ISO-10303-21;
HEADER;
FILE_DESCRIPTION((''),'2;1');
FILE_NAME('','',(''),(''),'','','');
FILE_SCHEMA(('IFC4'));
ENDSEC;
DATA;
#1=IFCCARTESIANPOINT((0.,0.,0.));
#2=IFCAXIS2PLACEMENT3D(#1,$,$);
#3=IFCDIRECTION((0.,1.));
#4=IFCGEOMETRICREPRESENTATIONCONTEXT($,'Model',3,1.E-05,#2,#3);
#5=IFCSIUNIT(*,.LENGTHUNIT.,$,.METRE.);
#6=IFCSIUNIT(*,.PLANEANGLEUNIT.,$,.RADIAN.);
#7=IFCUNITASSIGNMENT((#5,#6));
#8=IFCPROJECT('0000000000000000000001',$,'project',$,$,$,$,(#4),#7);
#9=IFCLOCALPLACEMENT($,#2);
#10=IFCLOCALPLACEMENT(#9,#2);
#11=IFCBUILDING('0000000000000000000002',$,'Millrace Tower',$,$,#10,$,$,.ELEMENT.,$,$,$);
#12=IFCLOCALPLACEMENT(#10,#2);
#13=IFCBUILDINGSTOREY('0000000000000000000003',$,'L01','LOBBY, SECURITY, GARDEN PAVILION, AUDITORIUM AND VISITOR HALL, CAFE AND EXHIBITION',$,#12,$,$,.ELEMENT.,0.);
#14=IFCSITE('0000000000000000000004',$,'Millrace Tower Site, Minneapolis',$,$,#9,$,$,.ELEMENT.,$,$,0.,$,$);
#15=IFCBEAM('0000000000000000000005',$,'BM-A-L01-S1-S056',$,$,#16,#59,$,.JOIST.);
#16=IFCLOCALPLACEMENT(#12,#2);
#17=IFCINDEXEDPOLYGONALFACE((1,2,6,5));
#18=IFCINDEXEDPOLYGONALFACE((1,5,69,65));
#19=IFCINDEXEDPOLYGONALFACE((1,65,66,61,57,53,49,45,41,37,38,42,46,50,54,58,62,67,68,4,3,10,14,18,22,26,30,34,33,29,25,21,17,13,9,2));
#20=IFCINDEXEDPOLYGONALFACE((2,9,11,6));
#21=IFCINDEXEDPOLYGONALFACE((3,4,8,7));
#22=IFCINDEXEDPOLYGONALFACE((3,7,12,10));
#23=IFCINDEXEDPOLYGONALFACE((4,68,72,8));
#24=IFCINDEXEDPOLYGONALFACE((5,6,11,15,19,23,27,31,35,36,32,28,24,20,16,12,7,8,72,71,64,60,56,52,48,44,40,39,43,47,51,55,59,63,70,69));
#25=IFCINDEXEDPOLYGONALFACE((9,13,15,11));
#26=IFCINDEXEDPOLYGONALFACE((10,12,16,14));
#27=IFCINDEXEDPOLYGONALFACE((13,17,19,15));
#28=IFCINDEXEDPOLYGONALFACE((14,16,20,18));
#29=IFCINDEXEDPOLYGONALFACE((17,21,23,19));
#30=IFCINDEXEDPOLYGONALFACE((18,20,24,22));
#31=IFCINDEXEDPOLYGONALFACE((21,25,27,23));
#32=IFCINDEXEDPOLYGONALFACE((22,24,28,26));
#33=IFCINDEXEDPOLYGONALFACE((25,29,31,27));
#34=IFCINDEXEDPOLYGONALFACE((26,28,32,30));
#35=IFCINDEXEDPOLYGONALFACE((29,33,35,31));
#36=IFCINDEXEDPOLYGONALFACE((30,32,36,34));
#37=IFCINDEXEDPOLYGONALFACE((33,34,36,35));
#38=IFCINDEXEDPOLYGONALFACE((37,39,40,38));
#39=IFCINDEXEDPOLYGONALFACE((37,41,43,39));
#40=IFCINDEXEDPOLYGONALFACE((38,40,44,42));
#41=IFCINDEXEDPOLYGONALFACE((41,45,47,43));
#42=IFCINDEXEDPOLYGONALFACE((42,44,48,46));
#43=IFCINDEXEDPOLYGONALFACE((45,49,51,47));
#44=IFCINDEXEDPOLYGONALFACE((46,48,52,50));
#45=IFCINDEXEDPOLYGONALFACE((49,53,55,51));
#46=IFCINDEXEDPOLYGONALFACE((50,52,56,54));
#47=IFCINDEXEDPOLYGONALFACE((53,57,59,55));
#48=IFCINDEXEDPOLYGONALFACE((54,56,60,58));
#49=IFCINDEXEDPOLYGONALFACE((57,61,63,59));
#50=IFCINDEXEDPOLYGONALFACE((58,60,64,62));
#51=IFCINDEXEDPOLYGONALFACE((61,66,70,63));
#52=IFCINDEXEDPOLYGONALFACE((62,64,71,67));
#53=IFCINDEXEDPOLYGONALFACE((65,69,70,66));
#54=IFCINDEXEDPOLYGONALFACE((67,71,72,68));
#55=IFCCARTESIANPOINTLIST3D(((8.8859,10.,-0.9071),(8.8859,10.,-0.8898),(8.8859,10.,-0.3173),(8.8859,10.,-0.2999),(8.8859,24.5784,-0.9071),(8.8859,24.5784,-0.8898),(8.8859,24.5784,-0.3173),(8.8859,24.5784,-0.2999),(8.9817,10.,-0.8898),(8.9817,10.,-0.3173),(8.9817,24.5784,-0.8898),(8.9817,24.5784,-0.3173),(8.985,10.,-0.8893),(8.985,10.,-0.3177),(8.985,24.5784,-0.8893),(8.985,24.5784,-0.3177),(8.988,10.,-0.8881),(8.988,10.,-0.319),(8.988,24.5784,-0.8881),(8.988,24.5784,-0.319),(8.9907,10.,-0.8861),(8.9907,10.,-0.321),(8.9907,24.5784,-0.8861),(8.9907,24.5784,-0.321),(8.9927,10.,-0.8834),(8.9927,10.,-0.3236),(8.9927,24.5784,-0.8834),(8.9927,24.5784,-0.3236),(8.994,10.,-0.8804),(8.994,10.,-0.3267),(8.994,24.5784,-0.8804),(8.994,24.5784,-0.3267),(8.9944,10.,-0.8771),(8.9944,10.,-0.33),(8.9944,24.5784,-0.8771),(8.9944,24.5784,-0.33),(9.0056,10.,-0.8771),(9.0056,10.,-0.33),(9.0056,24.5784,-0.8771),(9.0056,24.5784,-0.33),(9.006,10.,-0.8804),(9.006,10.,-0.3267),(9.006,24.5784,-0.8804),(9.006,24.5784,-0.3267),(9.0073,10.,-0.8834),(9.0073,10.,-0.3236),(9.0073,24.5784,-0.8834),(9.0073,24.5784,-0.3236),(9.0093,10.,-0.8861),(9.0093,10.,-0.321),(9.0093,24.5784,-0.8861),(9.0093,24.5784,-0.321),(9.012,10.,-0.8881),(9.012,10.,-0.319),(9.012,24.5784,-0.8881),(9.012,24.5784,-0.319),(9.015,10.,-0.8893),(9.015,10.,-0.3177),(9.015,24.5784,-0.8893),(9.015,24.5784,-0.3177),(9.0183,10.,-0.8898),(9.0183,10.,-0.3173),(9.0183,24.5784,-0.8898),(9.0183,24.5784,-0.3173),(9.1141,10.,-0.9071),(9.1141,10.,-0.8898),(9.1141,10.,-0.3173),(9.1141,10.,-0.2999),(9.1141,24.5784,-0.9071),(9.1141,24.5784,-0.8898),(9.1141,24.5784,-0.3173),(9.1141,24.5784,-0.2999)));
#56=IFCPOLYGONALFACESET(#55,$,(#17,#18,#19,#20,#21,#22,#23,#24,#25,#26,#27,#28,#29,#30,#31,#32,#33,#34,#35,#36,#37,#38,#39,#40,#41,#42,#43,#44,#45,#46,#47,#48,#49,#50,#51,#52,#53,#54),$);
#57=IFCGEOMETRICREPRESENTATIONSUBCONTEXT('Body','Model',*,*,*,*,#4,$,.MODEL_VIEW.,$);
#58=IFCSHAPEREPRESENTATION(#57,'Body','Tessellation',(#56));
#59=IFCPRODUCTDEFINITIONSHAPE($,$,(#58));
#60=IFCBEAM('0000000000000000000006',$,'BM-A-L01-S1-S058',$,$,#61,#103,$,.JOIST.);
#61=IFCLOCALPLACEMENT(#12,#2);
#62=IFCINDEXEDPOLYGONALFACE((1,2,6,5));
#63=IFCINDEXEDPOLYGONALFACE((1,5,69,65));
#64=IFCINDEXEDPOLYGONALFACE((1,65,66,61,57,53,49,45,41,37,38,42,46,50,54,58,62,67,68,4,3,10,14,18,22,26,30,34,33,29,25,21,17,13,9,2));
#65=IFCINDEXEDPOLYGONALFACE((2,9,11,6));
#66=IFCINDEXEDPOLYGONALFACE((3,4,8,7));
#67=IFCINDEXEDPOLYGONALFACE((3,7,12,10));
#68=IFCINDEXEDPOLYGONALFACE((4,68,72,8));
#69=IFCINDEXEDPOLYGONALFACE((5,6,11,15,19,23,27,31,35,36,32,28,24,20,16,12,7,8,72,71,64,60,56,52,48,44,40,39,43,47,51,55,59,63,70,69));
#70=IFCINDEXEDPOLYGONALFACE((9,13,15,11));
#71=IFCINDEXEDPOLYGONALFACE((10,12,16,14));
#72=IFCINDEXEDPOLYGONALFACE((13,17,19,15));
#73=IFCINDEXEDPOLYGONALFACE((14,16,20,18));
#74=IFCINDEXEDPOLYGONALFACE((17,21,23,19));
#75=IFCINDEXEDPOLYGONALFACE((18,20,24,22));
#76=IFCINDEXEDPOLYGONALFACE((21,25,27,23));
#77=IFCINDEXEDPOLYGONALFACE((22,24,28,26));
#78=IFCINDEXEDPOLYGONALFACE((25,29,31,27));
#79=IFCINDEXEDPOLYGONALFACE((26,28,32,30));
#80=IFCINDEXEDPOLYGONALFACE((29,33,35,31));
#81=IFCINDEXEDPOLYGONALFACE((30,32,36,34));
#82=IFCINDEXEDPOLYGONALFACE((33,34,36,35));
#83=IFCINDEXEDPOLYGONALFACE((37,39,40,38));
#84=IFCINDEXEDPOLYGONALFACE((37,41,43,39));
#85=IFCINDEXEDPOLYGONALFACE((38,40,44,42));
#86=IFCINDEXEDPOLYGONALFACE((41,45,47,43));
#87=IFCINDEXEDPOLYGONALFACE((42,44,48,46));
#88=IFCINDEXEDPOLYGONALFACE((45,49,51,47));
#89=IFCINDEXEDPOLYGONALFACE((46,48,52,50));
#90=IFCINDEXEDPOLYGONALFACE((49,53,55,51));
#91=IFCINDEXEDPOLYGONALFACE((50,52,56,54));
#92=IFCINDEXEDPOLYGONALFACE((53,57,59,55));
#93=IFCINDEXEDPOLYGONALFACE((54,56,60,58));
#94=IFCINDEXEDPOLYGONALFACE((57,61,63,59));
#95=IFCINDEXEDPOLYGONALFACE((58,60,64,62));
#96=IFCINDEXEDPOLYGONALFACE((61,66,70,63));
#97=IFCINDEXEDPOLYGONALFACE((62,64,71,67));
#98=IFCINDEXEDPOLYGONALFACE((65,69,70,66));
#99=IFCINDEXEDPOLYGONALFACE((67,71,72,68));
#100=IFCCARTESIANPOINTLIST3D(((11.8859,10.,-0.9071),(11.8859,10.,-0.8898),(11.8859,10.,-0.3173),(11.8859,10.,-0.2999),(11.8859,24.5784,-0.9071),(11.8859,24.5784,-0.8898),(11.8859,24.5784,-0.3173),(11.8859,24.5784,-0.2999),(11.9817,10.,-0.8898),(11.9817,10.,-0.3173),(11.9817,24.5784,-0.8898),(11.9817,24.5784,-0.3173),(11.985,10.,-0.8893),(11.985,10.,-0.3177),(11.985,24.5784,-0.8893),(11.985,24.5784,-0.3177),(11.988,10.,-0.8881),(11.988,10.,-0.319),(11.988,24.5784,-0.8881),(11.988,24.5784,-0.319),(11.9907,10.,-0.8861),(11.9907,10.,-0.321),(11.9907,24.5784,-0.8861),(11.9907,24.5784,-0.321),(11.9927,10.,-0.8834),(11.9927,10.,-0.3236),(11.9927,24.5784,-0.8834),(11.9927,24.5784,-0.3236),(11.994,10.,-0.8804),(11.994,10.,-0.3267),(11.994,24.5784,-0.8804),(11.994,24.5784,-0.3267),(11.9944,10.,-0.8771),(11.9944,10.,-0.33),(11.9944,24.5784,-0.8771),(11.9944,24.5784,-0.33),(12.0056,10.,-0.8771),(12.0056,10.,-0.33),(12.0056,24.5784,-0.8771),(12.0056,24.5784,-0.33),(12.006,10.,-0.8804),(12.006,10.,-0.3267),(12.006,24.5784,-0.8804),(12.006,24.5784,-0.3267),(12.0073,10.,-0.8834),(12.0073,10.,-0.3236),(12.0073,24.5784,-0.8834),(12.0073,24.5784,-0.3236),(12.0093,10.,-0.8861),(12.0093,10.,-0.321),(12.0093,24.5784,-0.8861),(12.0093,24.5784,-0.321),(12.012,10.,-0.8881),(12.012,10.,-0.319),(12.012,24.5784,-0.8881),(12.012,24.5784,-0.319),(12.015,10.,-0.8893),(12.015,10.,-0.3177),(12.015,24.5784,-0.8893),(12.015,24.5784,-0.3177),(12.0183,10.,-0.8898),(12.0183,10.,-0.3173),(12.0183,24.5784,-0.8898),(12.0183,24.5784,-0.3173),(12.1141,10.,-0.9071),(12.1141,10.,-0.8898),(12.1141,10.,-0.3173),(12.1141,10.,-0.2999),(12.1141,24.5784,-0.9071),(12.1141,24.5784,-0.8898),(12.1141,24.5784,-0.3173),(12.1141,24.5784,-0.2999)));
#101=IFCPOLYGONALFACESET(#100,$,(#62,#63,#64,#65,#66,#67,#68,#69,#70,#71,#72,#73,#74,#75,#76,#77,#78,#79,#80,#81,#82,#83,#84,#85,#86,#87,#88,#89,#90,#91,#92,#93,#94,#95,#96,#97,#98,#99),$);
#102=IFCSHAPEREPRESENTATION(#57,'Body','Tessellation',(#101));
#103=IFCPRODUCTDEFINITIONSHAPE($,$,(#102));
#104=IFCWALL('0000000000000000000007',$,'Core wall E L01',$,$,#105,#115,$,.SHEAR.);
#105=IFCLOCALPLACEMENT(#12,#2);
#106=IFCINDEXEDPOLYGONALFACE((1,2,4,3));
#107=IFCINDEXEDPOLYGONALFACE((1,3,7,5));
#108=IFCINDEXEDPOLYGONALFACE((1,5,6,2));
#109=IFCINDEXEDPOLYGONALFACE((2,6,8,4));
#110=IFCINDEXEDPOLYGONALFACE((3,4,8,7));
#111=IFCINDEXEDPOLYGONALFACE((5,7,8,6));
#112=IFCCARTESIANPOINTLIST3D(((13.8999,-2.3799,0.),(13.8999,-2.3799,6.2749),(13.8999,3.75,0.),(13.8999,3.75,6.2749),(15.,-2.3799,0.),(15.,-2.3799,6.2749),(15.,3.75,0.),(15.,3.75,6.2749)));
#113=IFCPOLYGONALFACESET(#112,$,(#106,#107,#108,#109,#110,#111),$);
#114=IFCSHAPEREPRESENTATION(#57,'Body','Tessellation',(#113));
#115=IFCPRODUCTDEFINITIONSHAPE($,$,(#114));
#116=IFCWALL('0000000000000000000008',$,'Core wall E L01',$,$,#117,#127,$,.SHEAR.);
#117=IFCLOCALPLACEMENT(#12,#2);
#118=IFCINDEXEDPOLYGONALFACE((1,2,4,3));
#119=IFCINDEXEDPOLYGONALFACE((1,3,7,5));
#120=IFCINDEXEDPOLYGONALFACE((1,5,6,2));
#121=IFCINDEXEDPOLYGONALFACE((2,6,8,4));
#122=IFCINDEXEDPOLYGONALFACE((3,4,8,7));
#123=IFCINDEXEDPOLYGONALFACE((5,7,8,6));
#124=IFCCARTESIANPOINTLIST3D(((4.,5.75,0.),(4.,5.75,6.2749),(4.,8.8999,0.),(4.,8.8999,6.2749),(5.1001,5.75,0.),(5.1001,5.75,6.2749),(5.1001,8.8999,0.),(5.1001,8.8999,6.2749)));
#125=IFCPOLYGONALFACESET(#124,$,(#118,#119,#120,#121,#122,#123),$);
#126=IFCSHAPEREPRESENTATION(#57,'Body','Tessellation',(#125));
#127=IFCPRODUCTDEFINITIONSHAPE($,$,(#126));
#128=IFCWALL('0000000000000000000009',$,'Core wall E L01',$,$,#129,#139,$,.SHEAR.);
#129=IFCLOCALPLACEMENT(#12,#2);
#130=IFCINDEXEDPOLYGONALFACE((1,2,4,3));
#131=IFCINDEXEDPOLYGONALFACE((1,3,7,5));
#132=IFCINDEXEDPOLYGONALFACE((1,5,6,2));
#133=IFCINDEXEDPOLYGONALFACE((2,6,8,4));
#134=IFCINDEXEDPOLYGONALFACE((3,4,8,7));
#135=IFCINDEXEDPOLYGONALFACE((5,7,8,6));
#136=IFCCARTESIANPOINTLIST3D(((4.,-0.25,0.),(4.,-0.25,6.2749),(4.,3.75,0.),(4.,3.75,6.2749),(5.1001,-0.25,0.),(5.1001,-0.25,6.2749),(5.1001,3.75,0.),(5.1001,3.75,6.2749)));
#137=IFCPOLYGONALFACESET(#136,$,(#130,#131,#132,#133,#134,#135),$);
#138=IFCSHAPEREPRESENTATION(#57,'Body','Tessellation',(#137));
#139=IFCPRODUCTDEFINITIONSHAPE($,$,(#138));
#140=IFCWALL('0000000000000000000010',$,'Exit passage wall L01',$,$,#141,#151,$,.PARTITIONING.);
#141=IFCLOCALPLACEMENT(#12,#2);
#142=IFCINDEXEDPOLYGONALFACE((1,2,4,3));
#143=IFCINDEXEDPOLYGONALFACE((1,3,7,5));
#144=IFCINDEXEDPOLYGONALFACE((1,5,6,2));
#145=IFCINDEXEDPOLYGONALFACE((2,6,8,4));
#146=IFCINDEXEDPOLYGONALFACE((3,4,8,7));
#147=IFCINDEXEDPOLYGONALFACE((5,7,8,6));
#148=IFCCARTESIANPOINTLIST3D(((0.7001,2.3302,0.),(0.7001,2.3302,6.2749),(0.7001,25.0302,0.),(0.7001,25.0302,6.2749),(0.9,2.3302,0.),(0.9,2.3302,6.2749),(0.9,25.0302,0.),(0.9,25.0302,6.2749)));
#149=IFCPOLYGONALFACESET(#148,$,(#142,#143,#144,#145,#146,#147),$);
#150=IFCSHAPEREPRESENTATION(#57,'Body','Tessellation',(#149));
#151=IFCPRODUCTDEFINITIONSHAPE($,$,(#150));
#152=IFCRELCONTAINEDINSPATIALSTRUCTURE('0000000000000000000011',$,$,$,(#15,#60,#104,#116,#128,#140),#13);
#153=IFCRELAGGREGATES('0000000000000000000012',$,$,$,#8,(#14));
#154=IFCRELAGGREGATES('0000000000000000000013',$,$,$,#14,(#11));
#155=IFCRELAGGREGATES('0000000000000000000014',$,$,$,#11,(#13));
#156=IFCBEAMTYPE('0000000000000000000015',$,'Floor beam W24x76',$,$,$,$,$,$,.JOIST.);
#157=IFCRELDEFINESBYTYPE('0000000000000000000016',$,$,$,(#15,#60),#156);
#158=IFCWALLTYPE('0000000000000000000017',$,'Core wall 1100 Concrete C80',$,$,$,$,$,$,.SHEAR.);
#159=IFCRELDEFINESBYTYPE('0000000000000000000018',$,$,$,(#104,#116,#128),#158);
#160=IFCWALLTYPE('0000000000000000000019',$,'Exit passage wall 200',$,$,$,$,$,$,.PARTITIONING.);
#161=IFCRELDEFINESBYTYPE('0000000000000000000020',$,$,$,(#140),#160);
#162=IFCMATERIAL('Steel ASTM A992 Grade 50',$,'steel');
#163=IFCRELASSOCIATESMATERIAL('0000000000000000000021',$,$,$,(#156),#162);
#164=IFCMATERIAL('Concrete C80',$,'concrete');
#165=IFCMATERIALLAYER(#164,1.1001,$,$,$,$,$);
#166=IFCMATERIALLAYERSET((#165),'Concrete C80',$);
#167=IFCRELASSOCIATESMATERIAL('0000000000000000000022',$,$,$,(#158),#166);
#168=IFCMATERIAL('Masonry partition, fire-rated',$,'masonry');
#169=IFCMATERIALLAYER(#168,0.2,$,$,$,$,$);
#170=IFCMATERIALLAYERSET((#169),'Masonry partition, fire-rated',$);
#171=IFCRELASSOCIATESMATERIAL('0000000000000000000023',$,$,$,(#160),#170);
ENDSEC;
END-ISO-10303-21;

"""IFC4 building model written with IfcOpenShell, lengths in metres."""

from ifc_helpers import new_model, si_unit, direction, frame, frame_2d, origin, origin_2d, place, context, subcontext, project, spatial, rectangle, i_section, extrude, material, layer, layer_set, material_profile, profile_set, type_object, element, save


model = new_model("IFC4")

# Units and contexts
model_context = context("Model", 3, precision=1e-05, world=origin(), true_north=direction((0.0, 1.0)))
body_context = subcontext(model_context, "Body", "Model", "MODEL_VIEW")
ifc_project = project(units=[si_unit("LENGTHUNIT", "METRE"), si_unit("PLANEANGLEUNIT", "RADIAN")], contexts=[model_context])

# Site, building, storey
site_placement = place(None, origin())
site = spatial("IfcSite", under=ifc_project, at=site_placement, Name="Millrace Tower Site, Minneapolis", CompositionType="ELEMENT", RefElevation=0.0)
building_placement = place(site_placement, origin())
building = spatial("IfcBuilding", under=site, at=building_placement, Name="Millrace Tower", CompositionType="ELEMENT")
storey_placement = place(building_placement, origin())
storey = spatial("IfcBuildingStorey", under=building, at=storey_placement, Name="L01", Description="LOBBY, SECURITY, GARDEN PAVILION, AUDITORIUM AND VISITOR HALL, CAFE AND EXHIBITION", CompositionType="ELEMENT", Elevation=0.0)

# Beams
ifc_material_1 = material(Name="Steel ASTM A992 Grade 50", Category="steel")
ifc_material_profile_1 = material_profile(ifc_material_1, i_section(OverallWidth=0.2283, OverallDepth=0.6072, WebThickness=0.0112, FlangeThickness=0.0173, FilletRadius=0.0127, at=origin_2d()))
ifc_profile_set_1 = profile_set([ifc_material_profile_1], Name="Steel ASTM A992 Grade 50")
beam_type_1 = type_object("IfcBeamType", Name="Floor beam W24x76", PredefinedType="JOIST", material=ifc_profile_set_1)
for number, where, z_axis, x_axis, name in (
    (1, (9.0, 10.0, -0.6035), (0.0, 1.0, 0.0), (-1.0, 0.0, 0.0), "BM-A-L01-S1-S056"),
    (2, (12.0, 10.0, -0.6035), (0.0, 1.0, 0.0), (-1.0, 0.0, 0.0), "BM-A-L01-S1-S058"),
):
    element("IfcBeam", number, at=place(storey_placement, frame(where, z_axis=z_axis, x_axis=x_axis)), inside=storey, type_object=beam_type_1, Name=name, PredefinedType="JOIST", context=body_context, shape_type="SweptSolid", body=[
        extrude(i_section(OverallWidth=0.2283, OverallDepth=0.6072, WebThickness=0.0112, FlangeThickness=0.0173, FilletRadius=0.0127, at=origin_2d()), origin(), (0.0, 0.0, 1.0), 14.5784),
    ])

# Walls
ifc_material_2 = material(Name="Concrete C80", Category="concrete")
ifc_layer_1 = layer(ifc_material_2, 1.1001)
ifc_layer_set_1 = layer_set([ifc_layer_1], Name="Concrete C80")
wall_type_1 = type_object("IfcWallType", Name="Core wall 1100 Concrete C80", PredefinedType="SHEAR", material=ifc_layer_set_1)
wall_1_placement = place(storey_placement, frame((14.45, 3.75, 0.0), z_axis=(0.0, 0.0, 1.0), x_axis=(0.0, -1.0, 0.0)))
element("IfcWall", 3, at=wall_1_placement, inside=storey, type_object=wall_type_1, Name="Core wall E L01", PredefinedType="SHEAR", context=body_context, shape_type="SweptSolid", body=[
    extrude(rectangle(XDim=6.1299, YDim=1.1001, at=frame_2d((3.0649, 0.0))), origin(), (0.0, 0.0, 1.0), 6.2749),
])
wall_2_placement = place(storey_placement, frame((4.55, 8.8999, 0.0), z_axis=(0.0, 0.0, 1.0), x_axis=(0.0, -1.0, 0.0)))
element("IfcWall", 4, at=wall_2_placement, inside=storey, type_object=wall_type_1, Name="Core wall E L01", PredefinedType="SHEAR", context=body_context, shape_type="SweptSolid", body=[
    extrude(rectangle(XDim=3.1499, YDim=1.1001, at=frame_2d((1.575, 0.0))), origin(), (0.0, 0.0, 1.0), 6.2749),
])
wall_3_placement = place(storey_placement, frame((4.55, 3.75, 0.0), z_axis=(0.0, 0.0, 1.0), x_axis=(0.0, -1.0, 0.0)))
element("IfcWall", 5, at=wall_3_placement, inside=storey, type_object=wall_type_1, Name="Core wall E L01", PredefinedType="SHEAR", context=body_context, shape_type="SweptSolid", body=[
    extrude(rectangle(XDim=4.0, YDim=1.1001, at=frame_2d((2.0, 0.0))), origin(), (0.0, 0.0, 1.0), 6.2749),
])
ifc_material_3 = material(Name="Masonry partition, fire-rated", Category="masonry")
ifc_layer_2 = layer(ifc_material_3, 0.2)
ifc_layer_set_2 = layer_set([ifc_layer_2], Name="Masonry partition, fire-rated")
wall_type_2 = type_object("IfcWallType", Name="Exit passage wall 200", PredefinedType="PARTITIONING", material=ifc_layer_set_2)
wall_4_placement = place(storey_placement, frame((0.8, 2.3301, 0.0), z_axis=(0.0, 0.0, 1.0), x_axis=(0.0, 1.0, 0.0)))
element("IfcWall", 6, at=wall_4_placement, inside=storey, type_object=wall_type_2, Name="Exit passage wall L01", PredefinedType="PARTITIONING", context=body_context, shape_type="SweptSolid", body=[
    extrude(rectangle(XDim=22.7, YDim=0.2, at=frame_2d((11.3501, 0.0))), origin(), (0.0, 0.0, 1.0), 6.2749),
])

save(model, "model.ifc")
